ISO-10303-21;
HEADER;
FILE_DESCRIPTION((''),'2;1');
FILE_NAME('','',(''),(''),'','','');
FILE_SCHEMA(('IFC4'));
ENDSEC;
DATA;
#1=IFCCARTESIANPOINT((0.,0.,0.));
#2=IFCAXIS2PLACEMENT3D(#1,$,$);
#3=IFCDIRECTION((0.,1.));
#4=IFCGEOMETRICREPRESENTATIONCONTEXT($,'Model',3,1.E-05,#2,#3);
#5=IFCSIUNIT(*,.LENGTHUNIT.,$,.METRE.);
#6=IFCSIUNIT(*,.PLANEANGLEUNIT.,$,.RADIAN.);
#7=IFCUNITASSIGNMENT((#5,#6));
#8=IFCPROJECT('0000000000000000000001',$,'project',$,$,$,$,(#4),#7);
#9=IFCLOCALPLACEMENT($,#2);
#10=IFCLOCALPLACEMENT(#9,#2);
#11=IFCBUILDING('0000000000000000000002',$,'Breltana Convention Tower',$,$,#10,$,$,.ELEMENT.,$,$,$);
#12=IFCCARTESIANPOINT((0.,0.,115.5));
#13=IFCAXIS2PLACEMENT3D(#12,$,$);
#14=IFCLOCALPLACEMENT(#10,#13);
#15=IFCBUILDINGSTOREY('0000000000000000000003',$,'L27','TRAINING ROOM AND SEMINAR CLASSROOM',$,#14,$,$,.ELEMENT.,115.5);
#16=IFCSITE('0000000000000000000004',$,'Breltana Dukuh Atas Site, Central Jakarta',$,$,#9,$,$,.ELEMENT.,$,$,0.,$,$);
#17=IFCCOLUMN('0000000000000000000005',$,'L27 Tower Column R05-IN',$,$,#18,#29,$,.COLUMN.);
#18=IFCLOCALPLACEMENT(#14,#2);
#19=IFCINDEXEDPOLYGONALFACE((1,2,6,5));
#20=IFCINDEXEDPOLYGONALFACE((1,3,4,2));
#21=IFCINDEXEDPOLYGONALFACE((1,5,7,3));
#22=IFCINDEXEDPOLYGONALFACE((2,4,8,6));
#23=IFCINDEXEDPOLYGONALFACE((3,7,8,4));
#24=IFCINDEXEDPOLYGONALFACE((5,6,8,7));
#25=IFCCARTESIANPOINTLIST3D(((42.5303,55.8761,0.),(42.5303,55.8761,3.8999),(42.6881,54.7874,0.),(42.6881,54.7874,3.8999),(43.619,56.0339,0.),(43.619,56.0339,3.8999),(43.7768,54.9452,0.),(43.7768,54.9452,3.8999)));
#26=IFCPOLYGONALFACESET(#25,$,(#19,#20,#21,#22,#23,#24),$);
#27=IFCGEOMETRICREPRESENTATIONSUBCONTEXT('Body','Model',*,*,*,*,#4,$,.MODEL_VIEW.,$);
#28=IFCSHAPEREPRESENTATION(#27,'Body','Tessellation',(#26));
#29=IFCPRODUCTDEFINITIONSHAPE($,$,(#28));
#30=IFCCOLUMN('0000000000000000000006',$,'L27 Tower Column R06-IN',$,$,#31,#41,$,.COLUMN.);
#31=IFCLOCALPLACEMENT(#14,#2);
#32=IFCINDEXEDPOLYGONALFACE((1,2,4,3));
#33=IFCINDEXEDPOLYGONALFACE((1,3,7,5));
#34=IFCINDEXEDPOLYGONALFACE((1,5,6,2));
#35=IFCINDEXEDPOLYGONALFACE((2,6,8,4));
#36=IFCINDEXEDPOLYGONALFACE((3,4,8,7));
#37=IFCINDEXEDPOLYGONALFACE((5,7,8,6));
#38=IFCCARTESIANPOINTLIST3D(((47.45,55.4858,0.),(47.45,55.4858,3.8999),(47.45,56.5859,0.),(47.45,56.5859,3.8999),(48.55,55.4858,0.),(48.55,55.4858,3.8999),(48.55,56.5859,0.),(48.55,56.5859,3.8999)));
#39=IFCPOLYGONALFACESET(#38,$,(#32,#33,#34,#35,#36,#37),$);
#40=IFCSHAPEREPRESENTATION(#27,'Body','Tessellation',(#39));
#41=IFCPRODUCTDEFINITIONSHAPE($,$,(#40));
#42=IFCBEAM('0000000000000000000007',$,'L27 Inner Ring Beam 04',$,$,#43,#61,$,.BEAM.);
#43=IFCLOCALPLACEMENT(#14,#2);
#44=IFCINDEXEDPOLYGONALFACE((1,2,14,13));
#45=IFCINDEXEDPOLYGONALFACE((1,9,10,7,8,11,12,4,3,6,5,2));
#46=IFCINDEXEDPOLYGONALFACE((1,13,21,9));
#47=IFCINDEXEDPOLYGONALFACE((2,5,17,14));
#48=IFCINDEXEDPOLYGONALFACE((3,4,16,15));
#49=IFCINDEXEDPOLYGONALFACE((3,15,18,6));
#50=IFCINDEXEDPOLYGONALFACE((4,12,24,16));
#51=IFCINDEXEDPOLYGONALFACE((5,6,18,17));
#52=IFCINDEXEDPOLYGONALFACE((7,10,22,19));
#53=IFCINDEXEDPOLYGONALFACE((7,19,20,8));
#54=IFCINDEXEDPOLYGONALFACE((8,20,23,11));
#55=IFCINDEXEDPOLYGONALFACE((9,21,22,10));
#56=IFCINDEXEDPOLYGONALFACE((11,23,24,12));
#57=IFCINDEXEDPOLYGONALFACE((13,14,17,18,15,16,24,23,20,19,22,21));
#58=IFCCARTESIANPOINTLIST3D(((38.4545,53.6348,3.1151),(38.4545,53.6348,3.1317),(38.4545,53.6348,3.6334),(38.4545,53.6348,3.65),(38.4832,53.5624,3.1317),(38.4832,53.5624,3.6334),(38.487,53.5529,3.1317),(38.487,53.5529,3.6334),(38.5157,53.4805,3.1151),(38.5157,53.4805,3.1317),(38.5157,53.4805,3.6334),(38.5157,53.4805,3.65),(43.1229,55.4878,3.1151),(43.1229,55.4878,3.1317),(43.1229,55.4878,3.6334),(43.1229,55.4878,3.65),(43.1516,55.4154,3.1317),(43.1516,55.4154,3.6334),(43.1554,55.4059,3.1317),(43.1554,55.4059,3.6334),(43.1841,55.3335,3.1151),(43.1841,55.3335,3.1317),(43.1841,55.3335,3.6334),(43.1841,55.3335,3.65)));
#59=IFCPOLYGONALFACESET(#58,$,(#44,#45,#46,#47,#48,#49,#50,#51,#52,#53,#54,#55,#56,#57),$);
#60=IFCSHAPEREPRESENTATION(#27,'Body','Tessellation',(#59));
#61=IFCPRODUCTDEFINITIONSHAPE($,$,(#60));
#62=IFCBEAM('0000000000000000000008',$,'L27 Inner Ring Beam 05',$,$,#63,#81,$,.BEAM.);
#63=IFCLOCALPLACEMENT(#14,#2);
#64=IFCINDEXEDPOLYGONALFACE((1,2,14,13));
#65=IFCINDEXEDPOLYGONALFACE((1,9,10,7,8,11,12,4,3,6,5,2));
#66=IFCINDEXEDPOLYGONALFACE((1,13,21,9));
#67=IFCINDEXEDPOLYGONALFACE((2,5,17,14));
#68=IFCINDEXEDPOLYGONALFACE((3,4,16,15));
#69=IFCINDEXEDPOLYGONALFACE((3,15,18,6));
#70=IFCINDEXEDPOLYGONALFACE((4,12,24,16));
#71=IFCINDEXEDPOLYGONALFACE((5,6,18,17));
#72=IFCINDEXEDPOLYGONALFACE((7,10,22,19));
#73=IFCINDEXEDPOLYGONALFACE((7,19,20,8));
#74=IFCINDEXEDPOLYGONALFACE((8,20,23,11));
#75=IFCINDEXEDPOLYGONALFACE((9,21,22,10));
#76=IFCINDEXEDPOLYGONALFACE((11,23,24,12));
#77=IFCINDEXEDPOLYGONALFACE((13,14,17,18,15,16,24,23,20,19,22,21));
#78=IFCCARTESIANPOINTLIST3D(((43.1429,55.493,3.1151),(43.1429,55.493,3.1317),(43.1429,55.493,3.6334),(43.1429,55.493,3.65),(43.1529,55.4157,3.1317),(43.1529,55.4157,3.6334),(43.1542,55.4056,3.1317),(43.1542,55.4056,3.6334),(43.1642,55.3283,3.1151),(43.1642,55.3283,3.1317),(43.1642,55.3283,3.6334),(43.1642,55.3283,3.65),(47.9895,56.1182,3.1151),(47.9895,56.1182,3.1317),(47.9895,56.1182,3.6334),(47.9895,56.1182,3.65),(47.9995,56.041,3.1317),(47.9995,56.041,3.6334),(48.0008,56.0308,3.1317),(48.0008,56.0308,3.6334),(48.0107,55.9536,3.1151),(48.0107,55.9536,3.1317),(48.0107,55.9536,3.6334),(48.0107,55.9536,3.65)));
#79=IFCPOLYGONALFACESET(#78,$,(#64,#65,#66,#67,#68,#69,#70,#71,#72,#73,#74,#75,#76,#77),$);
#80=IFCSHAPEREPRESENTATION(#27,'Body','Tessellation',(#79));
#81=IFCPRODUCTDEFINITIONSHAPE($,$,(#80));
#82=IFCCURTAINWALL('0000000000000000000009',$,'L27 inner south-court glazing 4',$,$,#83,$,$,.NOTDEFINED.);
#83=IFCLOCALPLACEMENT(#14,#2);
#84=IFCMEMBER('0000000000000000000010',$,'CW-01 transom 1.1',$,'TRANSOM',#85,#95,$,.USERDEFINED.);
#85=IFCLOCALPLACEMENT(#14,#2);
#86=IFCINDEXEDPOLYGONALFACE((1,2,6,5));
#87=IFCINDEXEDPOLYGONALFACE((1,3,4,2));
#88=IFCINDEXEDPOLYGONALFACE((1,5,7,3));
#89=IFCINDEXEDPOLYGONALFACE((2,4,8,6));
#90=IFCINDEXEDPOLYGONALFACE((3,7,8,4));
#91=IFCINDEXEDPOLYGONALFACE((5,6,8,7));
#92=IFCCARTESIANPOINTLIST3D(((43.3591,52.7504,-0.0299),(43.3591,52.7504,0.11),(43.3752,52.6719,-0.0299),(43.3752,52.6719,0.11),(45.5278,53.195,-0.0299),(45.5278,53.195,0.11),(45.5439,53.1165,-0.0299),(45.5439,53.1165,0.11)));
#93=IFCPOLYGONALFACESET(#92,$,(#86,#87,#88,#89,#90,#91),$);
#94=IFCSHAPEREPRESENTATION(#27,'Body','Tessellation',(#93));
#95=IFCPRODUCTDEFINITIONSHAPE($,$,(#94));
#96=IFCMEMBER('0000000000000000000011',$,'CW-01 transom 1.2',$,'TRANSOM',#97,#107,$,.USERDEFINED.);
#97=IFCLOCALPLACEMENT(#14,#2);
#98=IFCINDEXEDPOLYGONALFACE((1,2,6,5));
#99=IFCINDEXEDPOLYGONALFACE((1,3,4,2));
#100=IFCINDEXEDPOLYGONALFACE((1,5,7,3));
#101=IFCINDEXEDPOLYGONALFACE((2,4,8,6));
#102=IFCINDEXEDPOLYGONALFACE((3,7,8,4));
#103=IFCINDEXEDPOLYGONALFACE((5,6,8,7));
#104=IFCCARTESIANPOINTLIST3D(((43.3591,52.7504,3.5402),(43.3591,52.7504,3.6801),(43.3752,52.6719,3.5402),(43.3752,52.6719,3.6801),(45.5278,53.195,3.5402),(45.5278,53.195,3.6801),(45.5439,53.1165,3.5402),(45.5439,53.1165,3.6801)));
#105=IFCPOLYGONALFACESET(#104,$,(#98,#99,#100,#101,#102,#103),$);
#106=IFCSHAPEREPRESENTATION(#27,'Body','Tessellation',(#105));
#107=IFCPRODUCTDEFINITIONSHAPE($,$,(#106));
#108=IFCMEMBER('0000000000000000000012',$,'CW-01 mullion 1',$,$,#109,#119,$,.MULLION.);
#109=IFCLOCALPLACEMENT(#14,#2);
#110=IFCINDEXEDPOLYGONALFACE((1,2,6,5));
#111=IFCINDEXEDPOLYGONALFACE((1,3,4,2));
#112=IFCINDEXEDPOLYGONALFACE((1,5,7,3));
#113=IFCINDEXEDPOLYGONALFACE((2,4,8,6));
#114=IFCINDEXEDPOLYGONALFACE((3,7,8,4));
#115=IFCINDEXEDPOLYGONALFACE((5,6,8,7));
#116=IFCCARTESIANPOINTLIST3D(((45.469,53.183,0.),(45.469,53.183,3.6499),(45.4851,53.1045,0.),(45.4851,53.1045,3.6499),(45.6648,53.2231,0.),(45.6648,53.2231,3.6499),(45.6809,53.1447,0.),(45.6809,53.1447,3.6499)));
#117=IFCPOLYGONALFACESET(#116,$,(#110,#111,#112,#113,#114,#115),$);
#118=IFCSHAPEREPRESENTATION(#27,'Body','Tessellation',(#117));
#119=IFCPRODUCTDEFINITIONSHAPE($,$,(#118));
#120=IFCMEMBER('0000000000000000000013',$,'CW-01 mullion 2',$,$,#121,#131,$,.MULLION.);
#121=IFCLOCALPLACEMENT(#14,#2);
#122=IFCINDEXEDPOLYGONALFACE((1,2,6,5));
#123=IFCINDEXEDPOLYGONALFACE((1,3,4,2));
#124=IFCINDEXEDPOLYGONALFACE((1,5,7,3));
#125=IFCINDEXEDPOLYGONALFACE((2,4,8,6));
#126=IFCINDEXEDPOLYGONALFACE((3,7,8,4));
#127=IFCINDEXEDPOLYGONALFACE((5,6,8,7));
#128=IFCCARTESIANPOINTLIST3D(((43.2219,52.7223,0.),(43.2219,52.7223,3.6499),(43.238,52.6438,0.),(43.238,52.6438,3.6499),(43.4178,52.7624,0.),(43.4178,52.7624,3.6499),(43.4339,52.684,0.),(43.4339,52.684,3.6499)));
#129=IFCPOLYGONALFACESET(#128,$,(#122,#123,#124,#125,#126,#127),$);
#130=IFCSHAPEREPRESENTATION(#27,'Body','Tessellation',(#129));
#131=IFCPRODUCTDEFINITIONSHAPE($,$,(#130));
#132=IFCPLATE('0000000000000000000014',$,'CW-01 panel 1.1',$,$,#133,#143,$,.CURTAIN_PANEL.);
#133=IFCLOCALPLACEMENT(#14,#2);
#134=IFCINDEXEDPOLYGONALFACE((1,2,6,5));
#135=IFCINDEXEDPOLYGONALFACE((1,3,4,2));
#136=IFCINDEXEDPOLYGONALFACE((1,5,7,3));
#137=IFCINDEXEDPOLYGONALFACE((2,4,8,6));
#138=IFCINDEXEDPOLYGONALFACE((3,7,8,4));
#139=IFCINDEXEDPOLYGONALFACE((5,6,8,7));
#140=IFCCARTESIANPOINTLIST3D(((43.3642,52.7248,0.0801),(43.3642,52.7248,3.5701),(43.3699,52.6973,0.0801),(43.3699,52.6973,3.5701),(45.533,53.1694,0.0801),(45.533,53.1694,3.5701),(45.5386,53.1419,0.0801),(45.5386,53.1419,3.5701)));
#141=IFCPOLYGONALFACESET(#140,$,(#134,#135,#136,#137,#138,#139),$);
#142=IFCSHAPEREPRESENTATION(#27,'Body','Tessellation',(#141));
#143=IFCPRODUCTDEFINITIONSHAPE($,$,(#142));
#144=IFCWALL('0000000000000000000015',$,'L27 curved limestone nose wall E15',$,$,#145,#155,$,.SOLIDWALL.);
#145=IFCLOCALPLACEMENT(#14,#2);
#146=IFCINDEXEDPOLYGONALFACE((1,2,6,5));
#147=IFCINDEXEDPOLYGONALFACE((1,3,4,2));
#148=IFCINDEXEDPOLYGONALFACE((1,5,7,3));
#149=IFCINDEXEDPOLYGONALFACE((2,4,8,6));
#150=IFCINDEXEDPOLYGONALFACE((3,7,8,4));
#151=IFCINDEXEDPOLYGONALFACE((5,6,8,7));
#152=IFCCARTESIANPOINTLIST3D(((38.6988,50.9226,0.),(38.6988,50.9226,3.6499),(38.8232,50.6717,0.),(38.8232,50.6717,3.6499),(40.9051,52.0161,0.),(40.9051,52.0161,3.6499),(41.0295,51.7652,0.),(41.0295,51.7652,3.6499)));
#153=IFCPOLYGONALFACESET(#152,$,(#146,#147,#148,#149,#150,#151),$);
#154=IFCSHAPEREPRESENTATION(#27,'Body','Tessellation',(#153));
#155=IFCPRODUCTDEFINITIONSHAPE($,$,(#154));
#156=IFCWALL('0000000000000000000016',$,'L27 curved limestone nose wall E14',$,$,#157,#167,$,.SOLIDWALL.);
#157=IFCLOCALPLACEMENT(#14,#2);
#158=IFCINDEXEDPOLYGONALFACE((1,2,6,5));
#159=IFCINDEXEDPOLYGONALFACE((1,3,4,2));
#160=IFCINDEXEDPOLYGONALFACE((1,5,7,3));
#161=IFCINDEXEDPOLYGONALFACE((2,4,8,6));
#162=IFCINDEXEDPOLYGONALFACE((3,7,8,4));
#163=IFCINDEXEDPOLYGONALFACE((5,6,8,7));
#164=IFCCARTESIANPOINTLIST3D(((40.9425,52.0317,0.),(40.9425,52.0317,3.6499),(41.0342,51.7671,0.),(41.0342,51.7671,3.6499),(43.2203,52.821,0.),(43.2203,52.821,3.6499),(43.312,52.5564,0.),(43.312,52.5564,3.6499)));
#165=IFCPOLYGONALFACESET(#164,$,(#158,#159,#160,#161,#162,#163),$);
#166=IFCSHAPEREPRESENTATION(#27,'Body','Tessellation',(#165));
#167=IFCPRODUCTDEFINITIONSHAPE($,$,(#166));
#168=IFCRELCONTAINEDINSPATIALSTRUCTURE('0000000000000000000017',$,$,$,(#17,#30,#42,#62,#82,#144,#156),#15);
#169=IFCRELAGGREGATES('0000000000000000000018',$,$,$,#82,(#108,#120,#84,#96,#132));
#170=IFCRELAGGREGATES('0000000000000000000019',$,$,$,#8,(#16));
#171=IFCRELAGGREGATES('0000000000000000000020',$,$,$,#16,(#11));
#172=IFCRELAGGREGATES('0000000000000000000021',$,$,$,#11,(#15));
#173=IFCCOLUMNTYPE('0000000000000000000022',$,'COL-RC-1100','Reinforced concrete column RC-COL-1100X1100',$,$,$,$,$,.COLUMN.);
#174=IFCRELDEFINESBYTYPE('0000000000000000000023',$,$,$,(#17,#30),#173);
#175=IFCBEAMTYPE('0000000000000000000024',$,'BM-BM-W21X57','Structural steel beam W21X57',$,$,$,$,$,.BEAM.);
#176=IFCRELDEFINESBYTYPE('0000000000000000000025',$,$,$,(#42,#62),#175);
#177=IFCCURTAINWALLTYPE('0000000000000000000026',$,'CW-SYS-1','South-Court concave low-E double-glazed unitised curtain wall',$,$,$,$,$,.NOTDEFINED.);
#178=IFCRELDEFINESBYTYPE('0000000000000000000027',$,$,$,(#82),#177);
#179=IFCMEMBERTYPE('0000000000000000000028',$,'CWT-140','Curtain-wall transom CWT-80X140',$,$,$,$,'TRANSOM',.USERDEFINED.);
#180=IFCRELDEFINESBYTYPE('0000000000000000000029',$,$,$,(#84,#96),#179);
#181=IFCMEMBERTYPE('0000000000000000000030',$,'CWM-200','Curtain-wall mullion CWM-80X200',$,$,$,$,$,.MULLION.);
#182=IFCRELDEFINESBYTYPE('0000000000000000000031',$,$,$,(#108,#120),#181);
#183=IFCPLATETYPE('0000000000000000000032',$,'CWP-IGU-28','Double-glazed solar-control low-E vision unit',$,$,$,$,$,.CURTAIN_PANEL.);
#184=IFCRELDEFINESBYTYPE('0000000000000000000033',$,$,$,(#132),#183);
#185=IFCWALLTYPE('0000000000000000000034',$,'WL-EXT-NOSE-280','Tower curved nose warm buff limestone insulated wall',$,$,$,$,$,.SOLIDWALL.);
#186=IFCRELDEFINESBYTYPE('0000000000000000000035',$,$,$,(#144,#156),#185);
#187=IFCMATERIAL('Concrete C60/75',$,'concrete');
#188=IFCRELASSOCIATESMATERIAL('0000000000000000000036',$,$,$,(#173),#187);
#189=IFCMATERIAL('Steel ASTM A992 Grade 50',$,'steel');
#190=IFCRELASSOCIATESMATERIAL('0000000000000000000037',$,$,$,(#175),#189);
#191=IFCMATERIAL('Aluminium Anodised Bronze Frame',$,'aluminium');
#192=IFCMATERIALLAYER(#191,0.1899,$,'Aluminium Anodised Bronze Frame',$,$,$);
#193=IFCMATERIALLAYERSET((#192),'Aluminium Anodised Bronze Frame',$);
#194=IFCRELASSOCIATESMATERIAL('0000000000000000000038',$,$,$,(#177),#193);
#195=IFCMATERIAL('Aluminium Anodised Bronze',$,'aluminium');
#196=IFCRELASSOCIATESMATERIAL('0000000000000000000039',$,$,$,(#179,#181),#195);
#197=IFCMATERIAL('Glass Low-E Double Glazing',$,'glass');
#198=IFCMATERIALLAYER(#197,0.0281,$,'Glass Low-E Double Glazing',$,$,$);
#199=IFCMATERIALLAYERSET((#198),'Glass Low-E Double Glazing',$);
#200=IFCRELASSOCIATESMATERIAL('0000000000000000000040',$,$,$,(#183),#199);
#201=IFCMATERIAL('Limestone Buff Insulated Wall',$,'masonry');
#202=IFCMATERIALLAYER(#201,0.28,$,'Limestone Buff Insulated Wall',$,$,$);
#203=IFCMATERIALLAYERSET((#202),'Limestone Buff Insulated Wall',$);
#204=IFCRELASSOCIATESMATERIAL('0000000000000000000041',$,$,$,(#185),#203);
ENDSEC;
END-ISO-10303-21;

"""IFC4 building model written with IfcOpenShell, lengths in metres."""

from ifc_helpers import new_model, si_unit, direction, frame, frame_2d, origin, origin_2d, place, context, subcontext, project, spatial, rectangle, i_section, extrude, source, transform, mapped, material, layer, layer_set, material_profile, profile_set, type_object, element, aggregate, save


model = new_model("IFC4")

# Units and contexts
model_context = context("Model", 3, precision=1e-05, world=origin(), true_north=direction((0.0, 1.0)))
body_context = subcontext(model_context, "Body", "Model", "MODEL_VIEW")
ifc_project = project(units=[si_unit("LENGTHUNIT", "METRE"), si_unit("PLANEANGLEUNIT", "RADIAN")], contexts=[model_context])

# Site, building, storey
site_placement = place(None, origin())
site = spatial("IfcSite", under=ifc_project, at=site_placement, Name="Breltana Dukuh Atas Site, Central Jakarta", CompositionType="ELEMENT", RefElevation=0.0)
building_placement = place(site_placement, origin())
building = spatial("IfcBuilding", under=site, at=building_placement, Name="Breltana Convention Tower", CompositionType="ELEMENT")
storey_placement = place(building_placement, frame((0.0, 0.0, 115.5)))
storey = spatial("IfcBuildingStorey", under=building, at=storey_placement, Name="L27", Description="TRAINING ROOM AND SEMINAR CLASSROOM", CompositionType="ELEMENT", Elevation=115.5)

# Columns
ifc_material_1 = material(Name="Concrete C60/75", Category="concrete")
ifc_material_profile_1 = material_profile(ifc_material_1, rectangle(XDim=1.1001, YDim=1.1001, at=origin_2d()), Name="RC-COL-1100X1100")
ifc_profile_set_1 = profile_set([ifc_material_profile_1], Name="Concrete C60/75")
column_type = type_object("IfcColumnType", Name="COL-RC-1100", Description="Reinforced concrete column RC-COL-1100X1100", PredefinedType="COLUMN", material=ifc_profile_set_1)
shared_shape_1 = source(origin(), body_context, "Body", "SweptSolid", [
    extrude(rectangle(XDim=1.1001, YDim=1.1001, at=origin_2d()), origin(), (0.0, 0.0, 1.0), 3.8999),
])
for number, where, z_axis, x_axis, name in (
    (1, (43.1536, 55.4106, 0.0), (0.0, 0.0, 1.0), (-0.143493, 0.989651, 0.0), "L27 Tower Column R05-IN"),
    (2, (48.0, 56.0359, 0.0), (0.0, 0.0, 1.0), (0.0, 1.0, 0.0), "L27 Tower Column R06-IN"),
):
    element("IfcColumn", number, at=place(storey_placement, frame(where, z_axis=z_axis, x_axis=x_axis)), inside=storey, type_object=column_type, Name=name, PredefinedType="COLUMN", context=body_context, shape_type="MappedRepresentation", body=[
        mapped(shared_shape_1, transform((0.0, 0.0, 0.0), scale=1.0)),
    ])

# Beams
ifc_material_2 = material(Name="Steel ASTM A992 Grade 50", Category="steel")
ifc_material_profile_2 = material_profile(ifc_material_2, i_section(OverallWidth=0.166, OverallDepth=0.5349, WebThickness=0.0103, FlangeThickness=0.0166, at=origin_2d()), Name="W21X57")
ifc_profile_set_2 = profile_set([ifc_material_profile_2], Name="Steel ASTM A992 Grade 50")
beam_type = type_object("IfcBeamType", Name="BM-BM-W21X57", Description="Structural steel beam W21X57", PredefinedType="BEAM", material=ifc_profile_set_2)
shared_shape_2 = source(origin(), body_context, "Body", "SweptSolid", [
    extrude(i_section(OverallWidth=0.166, OverallDepth=0.5349, WebThickness=0.0103, FlangeThickness=0.0166, at=origin_2d()), origin(), (0.0, 0.0, 1.0), 5.0227),
])
beam_1_placement = place(storey_placement, frame((38.4851, 53.5576, 3.3826), z_axis=(0.929459, 0.368926, 0.0), x_axis=(-0.368926, 0.929459, 0.0)))
element("IfcBeam", 3, at=beam_1_placement, inside=storey, type_object=beam_type, Name="L27 Inner Ring Beam 04", PredefinedType="BEAM", context=body_context, shape_type="MappedRepresentation", body=[
    mapped(shared_shape_2, transform((0.0, 0.0, 0.0), scale=1.0)),
])
shared_shape_3 = source(origin(), body_context, "Body", "SweptSolid", [
    extrude(i_section(OverallWidth=0.166, OverallDepth=0.5349, WebThickness=0.0103, FlangeThickness=0.0166, at=origin_2d()), origin(), (0.0, 0.0, 1.0), 4.8867),
])
beam_2_placement = place(storey_placement, frame((43.1536, 55.4106, 3.3826), z_axis=(0.991781, 0.127951, 0.0), x_axis=(-0.127951, 0.991781, 0.0)))
element("IfcBeam", 4, at=beam_2_placement, inside=storey, type_object=beam_type, Name="L27 Inner Ring Beam 05", PredefinedType="BEAM", context=body_context, shape_type="MappedRepresentation", body=[
    mapped(shared_shape_3, transform((0.0, 0.0, 0.0), scale=1.0)),
])

# Curtain wall, members, plate
ifc_material_3 = material(Name="Aluminium Anodised Bronze Frame", Category="aluminium")
ifc_layer_1 = layer(ifc_material_3, 0.1899, Name="Aluminium Anodised Bronze Frame")
ifc_layer_set_1 = layer_set([ifc_layer_1], Name="Aluminium Anodised Bronze Frame")
curtain_wall_type = type_object("IfcCurtainWallType", Name="CW-SYS-1", Description="South-Court concave low-E double-glazed unitised curtain wall", PredefinedType="NOTDEFINED", material=ifc_layer_set_1)
curtain_wall_placement = place(storey_placement, origin())
curtain_wall = element("IfcCurtainWall", 5, at=curtain_wall_placement, inside=storey, type_object=curtain_wall_type, Name="L27 inner south-court glazing 4", PredefinedType="NOTDEFINED")
ifc_material_4 = material(Name="Aluminium Anodised Bronze", Category="aluminium")
ifc_material_profile_3 = material_profile(ifc_material_4, rectangle(XDim=0.0801, YDim=0.1399, at=origin_2d()), Name="CWT-80X140")
ifc_profile_set_3 = profile_set([ifc_material_profile_3], Name="Aluminium Anodised Bronze")
member_type_1 = type_object("IfcMemberType", Name="CWT-140", Description="Curtain-wall transom CWT-80X140", ElementType="TRANSOM", PredefinedType="USERDEFINED", material=ifc_profile_set_3)
shared_shape_4 = source(origin(), body_context, "Body", "SweptSolid", [
    extrude(rectangle(XDim=0.0801, YDim=0.1399, at=origin_2d()), origin(), (0.0, 0.0, 1.0), 2.2139),
])
member_1_placement = place(storey_placement, frame((45.5359, 53.1558, 0.04), z_axis=(-0.979628, -0.200822, 0.0), x_axis=(0.200822, -0.979628, 0.0)))
member_1 = element("IfcMember", 6, at=member_1_placement, type_object=member_type_1, Name="CW-01 transom 1.1", ObjectType="TRANSOM", PredefinedType="USERDEFINED", context=body_context, shape_type="MappedRepresentation", body=[
    mapped(shared_shape_4, transform((0.0, 0.0, 0.0), scale=1.0)),
])
member_2_placement = place(storey_placement, frame((45.5359, 53.1558, 3.6101), z_axis=(-0.979628, -0.200822, 0.0), x_axis=(0.200822, -0.979628, 0.0)))
member_2 = element("IfcMember", 7, at=member_2_placement, type_object=member_type_1, Name="CW-01 transom 1.2", ObjectType="TRANSOM", PredefinedType="USERDEFINED", context=body_context, shape_type="MappedRepresentation", body=[
    mapped(shared_shape_4, transform((0.0, 0.0, 0.0), scale=1.0)),
])
ifc_material_profile_4 = material_profile(ifc_material_4, rectangle(XDim=0.0801, YDim=0.2, at=origin_2d()), Name="CWM-80X200")
ifc_profile_set_4 = profile_set([ifc_material_profile_4], Name="Aluminium Anodised Bronze")
member_type_2 = type_object("IfcMemberType", Name="CWM-200", Description="Curtain-wall mullion CWM-80X200", PredefinedType="MULLION", material=ifc_profile_set_4)
shared_shape_5 = source(origin(), body_context, "Body", "SweptSolid", [
    extrude(rectangle(XDim=0.0801, YDim=0.2, at=origin_2d()), origin(), (0.0, 0.0, 1.0), 3.6499),
])
member_3_placement = place(storey_placement, frame((45.575, 53.1638, 0.0), z_axis=(0.0, 0.0, 1.0), x_axis=(0.200853, -0.979621, 0.0)))
member_3 = element("IfcMember", 8, at=member_3_placement, type_object=member_type_2, Name="CW-01 mullion 1", PredefinedType="MULLION", context=body_context, shape_type="MappedRepresentation", body=[
    mapped(shared_shape_5, transform((0.0, 0.0, 0.0), scale=1.0)),
])
member_4_placement = place(storey_placement, frame((43.3279, 52.7031, 0.0), z_axis=(0.0, 0.0, 1.0), x_axis=(0.200853, -0.979621, 0.0)))
member_4 = element("IfcMember", 9, at=member_4_placement, type_object=member_type_2, Name="CW-01 mullion 2", PredefinedType="MULLION", context=body_context, shape_type="MappedRepresentation", body=[
    mapped(shared_shape_5, transform((0.0, 0.0, 0.0), scale=1.0)),
])
ifc_material_5 = material(Name="Glass Low-E Double Glazing", Category="glass")
ifc_layer_2 = layer(ifc_material_5, 0.0281, Name="Glass Low-E Double Glazing")
ifc_layer_set_2 = layer_set([ifc_layer_2], Name="Glass Low-E Double Glazing")
plate_type = type_object("IfcPlateType", Name="CWP-IGU-28", Description="Double-glazed solar-control low-E vision unit", PredefinedType="CURTAIN_PANEL", material=ifc_layer_set_2)
shared_shape_6 = source(origin(), body_context, "Body", "SweptSolid", [
    extrude(rectangle(XDim=2.2139, YDim=0.0281, at=origin_2d()), origin(), (0.0, 0.0, 1.0), 3.49),
])
plate_placement = place(storey_placement, frame((44.4514, 52.9333, 0.0801), z_axis=(0.0, 0.0, 1.0), x_axis=(-0.979621, -0.200853, 0.0)))
plate = element("IfcPlate", 10, at=plate_placement, type_object=plate_type, Name="CW-01 panel 1.1", PredefinedType="CURTAIN_PANEL", context=body_context, shape_type="MappedRepresentation", body=[
    mapped(shared_shape_6, transform((0.0, 0.0, 0.0), scale=1.0)),
])
aggregate(curtain_wall, [member_3, member_4, member_1, member_2, plate])

# Walls
ifc_material_6 = material(Name="Limestone Buff Insulated Wall", Category="masonry")
ifc_layer_3 = layer(ifc_material_6, 0.28, Name="Limestone Buff Insulated Wall")
ifc_layer_set_3 = layer_set([ifc_layer_3], Name="Limestone Buff Insulated Wall")
wall_type_1 = type_object("IfcWallType", Name="WL-EXT-NOSE-280", Description="Tower curved nose warm buff limestone insulated wall", PredefinedType="SOLIDWALL", material=ifc_layer_set_3)
shared_shape_7 = source(origin(), body_context, "Body", "SweptSolid", [
    extrude(rectangle(XDim=2.4624, YDim=0.28, at=frame_2d((1.2312, 0.0))), origin(), (0.0, 0.0, 1.0), 3.6499),
])
wall_1_placement = place(storey_placement, frame((40.9673, 51.8906, 0.0), z_axis=(0.0, 0.0, 1.0), x_axis=(-0.895988, -0.444078, 0.0)))
element("IfcWall", 11, at=wall_1_placement, inside=storey, type_object=wall_type_1, Name="L27 curved limestone nose wall E15", PredefinedType="SOLIDWALL", context=body_context, shape_type="MappedRepresentation", body=[
    mapped(shared_shape_7, transform((0.0, 0.0, 0.0), scale=1.0)),
])
shared_shape_8 = source(origin(), body_context, "Body", "SweptSolid", [
    extrude(rectangle(XDim=2.4106, YDim=0.28, at=frame_2d((1.2053, 0.0))), origin(), (0.0, 0.0, 1.0), 3.6499),
])
wall_2_placement = place(storey_placement, frame((43.2661, 52.6887, 0.0), z_axis=(0.0, 0.0, 1.0), x_axis=(-0.94488, -0.327417, 0.0)))
element("IfcWall", 12, at=wall_2_placement, inside=storey, type_object=wall_type_1, Name="L27 curved limestone nose wall E14", PredefinedType="SOLIDWALL", context=body_context, shape_type="MappedRepresentation", body=[
    mapped(shared_shape_8, transform((0.0, 0.0, 0.0), scale=1.0)),
])

save(model, "model.ifc")
